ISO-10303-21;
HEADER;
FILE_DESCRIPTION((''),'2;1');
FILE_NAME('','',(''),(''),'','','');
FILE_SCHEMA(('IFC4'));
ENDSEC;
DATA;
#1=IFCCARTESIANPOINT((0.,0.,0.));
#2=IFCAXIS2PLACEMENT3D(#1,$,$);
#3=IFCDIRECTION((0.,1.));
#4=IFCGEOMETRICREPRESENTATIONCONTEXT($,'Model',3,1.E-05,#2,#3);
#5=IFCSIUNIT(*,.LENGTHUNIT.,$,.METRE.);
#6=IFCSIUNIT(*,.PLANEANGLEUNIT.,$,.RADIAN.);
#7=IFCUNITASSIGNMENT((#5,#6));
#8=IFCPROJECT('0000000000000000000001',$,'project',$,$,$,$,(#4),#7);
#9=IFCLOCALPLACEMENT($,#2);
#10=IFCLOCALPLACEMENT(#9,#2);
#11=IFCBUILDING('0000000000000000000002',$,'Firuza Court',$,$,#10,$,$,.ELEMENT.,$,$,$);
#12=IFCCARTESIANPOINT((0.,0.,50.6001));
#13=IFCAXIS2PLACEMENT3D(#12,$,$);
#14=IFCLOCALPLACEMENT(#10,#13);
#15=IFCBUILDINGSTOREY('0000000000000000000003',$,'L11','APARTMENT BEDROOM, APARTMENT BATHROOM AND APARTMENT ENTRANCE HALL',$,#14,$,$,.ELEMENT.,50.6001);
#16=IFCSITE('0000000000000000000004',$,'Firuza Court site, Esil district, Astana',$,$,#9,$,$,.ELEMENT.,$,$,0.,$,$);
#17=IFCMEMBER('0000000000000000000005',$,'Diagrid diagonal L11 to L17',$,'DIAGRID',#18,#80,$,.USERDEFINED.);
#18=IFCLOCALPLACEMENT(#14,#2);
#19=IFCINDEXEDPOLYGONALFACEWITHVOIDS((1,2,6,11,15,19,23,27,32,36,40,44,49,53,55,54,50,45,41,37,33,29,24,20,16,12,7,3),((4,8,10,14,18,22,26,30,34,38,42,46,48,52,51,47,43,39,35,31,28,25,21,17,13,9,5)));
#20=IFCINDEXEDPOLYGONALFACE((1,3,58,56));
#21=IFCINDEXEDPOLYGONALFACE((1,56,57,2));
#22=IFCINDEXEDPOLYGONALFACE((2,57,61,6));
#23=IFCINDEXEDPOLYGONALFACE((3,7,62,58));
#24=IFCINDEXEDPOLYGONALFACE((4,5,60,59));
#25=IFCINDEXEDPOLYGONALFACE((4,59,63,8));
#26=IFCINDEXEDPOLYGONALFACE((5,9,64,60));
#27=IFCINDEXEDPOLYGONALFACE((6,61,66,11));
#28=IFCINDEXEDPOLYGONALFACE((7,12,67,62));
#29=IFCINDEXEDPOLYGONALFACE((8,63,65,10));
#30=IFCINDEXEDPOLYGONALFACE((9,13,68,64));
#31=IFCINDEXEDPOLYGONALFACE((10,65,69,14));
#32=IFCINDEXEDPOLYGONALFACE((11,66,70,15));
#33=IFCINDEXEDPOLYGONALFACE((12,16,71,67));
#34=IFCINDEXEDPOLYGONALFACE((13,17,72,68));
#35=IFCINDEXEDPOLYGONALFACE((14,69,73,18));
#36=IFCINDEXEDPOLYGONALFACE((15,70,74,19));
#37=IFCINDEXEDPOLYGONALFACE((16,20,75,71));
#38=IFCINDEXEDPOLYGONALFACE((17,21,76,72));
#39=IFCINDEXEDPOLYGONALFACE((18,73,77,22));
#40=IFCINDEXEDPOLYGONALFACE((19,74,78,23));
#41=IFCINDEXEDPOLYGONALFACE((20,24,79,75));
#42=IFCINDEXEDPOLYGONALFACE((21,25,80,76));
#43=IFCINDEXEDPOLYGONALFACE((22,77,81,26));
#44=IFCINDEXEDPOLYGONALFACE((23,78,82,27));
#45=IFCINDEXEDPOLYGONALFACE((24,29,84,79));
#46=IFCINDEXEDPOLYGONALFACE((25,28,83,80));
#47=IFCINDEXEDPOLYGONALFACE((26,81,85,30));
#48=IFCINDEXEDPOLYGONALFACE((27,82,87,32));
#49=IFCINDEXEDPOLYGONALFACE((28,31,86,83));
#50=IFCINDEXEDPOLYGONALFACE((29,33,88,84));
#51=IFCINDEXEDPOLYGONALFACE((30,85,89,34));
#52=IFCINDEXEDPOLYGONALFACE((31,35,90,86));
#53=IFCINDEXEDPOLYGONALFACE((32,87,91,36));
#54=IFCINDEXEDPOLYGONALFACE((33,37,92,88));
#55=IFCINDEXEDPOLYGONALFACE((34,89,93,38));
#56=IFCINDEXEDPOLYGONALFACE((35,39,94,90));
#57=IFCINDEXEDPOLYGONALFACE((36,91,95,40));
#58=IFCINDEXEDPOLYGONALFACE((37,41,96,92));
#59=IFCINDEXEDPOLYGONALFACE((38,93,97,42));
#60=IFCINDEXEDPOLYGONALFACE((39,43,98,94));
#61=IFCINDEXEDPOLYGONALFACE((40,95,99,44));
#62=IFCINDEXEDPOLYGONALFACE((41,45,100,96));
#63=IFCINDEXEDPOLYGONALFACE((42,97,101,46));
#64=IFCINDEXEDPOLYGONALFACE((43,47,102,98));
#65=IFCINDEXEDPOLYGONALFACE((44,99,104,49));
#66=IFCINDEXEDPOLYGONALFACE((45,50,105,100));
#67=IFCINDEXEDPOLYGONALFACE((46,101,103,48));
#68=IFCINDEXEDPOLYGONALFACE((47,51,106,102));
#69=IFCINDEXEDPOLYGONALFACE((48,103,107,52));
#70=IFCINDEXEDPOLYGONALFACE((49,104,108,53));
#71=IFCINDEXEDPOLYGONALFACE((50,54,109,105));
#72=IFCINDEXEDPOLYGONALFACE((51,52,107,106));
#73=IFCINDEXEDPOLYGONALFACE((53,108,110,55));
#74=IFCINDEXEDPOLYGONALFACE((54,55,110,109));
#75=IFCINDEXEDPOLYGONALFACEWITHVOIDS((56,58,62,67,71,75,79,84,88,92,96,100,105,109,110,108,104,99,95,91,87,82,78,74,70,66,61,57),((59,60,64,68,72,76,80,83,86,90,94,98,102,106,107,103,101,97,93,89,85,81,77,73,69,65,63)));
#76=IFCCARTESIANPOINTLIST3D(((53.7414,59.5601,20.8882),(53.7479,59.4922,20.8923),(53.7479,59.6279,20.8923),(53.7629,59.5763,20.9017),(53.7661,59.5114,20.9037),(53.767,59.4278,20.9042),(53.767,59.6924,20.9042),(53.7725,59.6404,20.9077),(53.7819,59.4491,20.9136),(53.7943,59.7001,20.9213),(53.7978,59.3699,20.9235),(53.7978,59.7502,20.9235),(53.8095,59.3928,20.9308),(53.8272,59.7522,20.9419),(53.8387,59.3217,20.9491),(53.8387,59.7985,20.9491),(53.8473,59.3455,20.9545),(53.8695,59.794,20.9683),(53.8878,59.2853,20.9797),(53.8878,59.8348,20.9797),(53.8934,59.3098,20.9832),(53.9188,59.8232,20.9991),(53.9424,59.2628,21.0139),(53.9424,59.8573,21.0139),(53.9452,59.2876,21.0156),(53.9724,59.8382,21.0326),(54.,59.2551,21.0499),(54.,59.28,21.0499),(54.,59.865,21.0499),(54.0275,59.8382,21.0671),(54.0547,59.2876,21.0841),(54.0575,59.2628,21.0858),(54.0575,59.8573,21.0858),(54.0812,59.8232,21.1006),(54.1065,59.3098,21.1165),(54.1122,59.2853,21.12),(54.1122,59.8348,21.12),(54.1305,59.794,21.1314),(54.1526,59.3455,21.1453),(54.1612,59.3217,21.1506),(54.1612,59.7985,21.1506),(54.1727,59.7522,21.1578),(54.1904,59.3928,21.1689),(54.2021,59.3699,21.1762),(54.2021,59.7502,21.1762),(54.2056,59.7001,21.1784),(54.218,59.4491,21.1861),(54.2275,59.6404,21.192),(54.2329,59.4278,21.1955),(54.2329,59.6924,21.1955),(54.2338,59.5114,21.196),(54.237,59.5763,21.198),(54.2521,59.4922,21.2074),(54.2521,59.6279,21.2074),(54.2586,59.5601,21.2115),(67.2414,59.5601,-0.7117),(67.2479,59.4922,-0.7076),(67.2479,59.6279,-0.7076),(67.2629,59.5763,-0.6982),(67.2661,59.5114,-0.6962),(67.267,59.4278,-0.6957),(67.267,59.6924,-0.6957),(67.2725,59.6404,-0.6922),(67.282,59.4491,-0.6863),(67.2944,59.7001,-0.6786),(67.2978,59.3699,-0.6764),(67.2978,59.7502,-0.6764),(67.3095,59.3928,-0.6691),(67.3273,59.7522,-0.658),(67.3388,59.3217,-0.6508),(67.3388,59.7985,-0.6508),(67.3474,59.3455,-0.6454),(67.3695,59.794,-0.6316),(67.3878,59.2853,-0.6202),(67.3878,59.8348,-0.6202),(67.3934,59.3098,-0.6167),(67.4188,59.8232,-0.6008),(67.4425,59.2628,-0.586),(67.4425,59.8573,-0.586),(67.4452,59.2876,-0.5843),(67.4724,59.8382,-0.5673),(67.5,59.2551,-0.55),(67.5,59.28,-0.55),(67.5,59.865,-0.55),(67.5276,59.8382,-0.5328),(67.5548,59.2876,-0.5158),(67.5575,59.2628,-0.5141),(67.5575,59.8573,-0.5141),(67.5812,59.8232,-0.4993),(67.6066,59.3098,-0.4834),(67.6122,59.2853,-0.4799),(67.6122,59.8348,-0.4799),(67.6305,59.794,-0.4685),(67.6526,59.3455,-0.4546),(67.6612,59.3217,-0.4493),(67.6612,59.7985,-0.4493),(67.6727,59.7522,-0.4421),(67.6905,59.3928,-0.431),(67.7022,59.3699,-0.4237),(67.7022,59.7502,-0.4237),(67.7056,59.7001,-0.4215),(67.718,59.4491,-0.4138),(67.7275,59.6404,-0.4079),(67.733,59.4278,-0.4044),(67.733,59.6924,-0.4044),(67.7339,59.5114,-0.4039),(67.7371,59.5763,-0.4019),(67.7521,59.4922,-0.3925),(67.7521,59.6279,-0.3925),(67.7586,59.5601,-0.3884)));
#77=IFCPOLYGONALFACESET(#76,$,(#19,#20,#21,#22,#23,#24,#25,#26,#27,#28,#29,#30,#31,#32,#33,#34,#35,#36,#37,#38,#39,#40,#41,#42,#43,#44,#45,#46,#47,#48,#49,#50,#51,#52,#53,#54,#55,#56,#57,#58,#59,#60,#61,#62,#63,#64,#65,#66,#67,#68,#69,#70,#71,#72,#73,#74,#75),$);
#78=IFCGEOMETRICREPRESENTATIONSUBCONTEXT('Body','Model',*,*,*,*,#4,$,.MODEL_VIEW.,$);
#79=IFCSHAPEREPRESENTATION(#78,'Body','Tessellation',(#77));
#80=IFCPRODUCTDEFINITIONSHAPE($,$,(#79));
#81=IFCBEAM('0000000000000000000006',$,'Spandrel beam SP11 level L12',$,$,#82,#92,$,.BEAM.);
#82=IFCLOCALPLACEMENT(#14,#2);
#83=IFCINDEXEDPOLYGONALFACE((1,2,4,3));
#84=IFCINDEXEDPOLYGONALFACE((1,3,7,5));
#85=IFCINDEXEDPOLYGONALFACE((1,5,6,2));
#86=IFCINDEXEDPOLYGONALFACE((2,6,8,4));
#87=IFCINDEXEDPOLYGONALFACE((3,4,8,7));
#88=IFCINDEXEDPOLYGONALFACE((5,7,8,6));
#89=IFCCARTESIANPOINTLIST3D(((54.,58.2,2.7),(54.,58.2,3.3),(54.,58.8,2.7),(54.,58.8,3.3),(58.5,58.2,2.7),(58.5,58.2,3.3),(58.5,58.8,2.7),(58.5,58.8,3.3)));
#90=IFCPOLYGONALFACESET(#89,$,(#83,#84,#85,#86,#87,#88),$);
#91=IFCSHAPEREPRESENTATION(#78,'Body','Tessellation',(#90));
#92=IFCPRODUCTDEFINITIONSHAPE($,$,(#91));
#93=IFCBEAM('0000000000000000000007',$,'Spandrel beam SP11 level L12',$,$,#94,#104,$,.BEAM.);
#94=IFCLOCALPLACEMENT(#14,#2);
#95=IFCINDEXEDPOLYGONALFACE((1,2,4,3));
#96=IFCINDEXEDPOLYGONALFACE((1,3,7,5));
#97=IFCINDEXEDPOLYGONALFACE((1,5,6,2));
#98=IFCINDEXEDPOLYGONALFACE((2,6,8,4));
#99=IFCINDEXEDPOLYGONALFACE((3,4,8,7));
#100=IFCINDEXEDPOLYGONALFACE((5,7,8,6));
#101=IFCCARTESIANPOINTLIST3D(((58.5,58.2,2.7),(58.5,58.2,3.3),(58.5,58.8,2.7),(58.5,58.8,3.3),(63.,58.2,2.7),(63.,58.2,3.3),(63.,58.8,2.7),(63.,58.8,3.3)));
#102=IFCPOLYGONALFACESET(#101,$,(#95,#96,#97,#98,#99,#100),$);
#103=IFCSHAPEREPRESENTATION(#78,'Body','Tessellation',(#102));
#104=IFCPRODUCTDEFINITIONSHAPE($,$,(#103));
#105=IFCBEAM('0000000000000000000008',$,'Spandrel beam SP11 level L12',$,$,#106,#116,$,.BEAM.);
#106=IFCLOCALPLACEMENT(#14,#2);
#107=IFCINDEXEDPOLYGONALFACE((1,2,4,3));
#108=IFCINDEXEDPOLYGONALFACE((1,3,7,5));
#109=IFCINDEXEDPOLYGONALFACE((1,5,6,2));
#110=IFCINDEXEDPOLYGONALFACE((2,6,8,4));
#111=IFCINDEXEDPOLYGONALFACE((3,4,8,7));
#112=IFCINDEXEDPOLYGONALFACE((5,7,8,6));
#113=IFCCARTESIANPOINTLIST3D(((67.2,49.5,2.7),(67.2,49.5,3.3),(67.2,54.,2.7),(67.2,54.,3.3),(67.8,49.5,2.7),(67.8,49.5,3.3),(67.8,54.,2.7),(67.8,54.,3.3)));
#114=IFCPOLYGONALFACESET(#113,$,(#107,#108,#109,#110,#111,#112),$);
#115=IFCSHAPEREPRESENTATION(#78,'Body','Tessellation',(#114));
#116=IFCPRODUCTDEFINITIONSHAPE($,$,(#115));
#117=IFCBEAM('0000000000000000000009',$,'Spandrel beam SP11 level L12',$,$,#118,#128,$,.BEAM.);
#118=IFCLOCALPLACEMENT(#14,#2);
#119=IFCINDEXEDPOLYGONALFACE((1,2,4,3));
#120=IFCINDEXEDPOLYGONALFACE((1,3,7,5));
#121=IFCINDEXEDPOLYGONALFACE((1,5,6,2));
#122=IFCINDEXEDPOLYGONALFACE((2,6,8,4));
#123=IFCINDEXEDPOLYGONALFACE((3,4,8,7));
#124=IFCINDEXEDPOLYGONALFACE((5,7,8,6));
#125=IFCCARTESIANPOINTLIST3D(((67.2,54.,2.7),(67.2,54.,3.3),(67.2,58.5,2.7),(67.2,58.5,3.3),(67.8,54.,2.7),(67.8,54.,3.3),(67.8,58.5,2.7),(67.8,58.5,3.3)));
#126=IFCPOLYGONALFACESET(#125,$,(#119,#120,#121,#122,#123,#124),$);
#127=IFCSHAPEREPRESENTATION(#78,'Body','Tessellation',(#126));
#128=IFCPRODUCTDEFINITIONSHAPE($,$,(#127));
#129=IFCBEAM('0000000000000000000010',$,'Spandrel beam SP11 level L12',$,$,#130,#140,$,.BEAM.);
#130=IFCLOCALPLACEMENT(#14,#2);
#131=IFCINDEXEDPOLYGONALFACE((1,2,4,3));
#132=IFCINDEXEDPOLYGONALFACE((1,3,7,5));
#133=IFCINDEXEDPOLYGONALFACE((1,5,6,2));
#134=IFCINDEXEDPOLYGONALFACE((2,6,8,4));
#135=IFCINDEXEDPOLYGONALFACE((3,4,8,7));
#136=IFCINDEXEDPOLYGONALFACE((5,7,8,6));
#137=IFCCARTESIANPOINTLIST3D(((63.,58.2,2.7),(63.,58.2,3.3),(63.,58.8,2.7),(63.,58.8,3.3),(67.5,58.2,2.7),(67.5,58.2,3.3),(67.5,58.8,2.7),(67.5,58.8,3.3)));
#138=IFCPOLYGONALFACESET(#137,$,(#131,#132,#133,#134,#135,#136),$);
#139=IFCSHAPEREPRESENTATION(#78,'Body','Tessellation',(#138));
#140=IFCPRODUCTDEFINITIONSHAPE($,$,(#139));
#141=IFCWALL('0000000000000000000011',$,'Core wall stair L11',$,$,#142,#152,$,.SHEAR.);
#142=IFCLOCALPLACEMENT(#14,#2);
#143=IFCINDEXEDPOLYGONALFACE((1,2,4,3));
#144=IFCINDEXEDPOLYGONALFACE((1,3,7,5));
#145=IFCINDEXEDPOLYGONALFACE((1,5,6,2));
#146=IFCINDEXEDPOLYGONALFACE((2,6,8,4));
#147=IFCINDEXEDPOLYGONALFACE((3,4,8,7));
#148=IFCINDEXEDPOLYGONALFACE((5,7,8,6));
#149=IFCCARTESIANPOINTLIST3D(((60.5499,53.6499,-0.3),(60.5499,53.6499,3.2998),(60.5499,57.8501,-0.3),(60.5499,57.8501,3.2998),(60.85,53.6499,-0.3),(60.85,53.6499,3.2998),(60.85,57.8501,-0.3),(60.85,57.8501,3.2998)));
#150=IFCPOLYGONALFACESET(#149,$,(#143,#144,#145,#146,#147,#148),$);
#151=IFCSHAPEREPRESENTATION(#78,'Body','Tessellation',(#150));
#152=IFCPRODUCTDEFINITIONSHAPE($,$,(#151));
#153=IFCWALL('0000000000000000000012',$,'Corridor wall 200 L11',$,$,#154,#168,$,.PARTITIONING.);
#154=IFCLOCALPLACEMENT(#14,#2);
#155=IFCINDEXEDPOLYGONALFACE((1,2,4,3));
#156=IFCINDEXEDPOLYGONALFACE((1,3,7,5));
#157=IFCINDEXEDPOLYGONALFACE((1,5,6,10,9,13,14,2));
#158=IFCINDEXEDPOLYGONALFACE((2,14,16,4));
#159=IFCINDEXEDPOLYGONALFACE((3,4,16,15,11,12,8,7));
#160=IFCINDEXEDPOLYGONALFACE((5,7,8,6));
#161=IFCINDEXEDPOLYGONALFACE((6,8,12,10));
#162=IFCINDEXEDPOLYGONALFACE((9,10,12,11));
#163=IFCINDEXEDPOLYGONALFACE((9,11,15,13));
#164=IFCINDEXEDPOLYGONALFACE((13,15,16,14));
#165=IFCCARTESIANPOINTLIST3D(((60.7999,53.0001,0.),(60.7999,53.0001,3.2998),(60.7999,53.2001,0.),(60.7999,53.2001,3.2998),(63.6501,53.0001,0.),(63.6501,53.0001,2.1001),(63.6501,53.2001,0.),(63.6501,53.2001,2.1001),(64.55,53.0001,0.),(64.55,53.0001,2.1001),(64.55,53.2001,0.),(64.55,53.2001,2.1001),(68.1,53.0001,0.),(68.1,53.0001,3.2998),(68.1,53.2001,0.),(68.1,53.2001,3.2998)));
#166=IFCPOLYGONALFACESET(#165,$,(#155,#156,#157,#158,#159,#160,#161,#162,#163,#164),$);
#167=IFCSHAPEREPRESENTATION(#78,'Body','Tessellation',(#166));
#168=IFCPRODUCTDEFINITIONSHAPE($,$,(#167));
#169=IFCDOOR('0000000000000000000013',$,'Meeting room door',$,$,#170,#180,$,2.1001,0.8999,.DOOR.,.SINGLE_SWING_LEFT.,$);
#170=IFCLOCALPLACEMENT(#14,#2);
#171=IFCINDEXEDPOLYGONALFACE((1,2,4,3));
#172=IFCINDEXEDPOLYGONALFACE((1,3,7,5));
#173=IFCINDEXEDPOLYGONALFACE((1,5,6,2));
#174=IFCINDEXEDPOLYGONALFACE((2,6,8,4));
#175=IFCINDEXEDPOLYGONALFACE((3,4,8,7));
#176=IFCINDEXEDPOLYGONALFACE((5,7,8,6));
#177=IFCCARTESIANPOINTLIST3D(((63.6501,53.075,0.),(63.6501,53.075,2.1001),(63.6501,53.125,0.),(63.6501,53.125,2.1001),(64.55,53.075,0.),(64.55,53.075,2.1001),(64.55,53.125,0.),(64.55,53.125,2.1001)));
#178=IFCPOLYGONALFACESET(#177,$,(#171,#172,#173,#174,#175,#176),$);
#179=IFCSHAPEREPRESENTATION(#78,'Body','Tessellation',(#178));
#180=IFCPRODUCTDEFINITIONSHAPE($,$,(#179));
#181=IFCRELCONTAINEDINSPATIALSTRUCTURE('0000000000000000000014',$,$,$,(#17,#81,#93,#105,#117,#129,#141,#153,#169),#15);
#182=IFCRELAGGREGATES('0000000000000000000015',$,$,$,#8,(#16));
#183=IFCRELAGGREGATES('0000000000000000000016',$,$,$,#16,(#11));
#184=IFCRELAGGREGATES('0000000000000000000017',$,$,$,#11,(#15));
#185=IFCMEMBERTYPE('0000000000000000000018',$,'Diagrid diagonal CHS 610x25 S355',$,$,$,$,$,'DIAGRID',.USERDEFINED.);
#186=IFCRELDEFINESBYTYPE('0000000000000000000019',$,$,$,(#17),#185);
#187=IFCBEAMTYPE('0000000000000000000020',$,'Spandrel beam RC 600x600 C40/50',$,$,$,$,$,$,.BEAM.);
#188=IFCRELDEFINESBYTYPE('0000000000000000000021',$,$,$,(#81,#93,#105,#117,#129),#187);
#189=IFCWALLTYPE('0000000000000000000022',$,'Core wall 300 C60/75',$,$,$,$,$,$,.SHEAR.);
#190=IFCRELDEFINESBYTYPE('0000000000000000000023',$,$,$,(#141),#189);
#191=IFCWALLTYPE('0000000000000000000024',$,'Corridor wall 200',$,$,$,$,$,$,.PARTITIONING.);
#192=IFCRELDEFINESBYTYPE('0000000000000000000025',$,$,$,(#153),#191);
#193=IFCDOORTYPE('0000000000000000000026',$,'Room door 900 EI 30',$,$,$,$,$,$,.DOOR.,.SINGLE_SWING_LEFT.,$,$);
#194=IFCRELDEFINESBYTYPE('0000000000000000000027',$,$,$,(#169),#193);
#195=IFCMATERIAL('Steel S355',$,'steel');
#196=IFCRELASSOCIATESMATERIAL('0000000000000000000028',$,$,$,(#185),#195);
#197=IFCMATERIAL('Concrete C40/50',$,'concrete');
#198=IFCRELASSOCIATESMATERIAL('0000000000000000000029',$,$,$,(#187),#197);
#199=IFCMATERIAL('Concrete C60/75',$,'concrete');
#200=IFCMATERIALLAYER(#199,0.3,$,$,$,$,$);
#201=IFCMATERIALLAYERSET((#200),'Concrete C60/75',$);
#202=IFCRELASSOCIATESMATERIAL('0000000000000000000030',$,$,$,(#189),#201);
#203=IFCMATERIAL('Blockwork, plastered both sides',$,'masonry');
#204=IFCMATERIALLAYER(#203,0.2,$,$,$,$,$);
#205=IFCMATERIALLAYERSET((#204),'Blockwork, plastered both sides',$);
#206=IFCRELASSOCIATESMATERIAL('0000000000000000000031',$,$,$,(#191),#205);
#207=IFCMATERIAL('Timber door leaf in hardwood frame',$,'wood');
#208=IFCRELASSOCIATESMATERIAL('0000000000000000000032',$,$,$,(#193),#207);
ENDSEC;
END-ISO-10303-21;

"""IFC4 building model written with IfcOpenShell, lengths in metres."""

from ifc_helpers import new_model, si_unit, direction, frame, frame_2d, origin, origin_2d, place, context, subcontext, project, spatial, rectangle, hollow_circle, extrude, material, layer, layer_set, material_profile, profile_set, type_object, element, fill, save


model = new_model("IFC4")

# Units and contexts
model_context = context("Model", 3, precision=1e-05, world=origin(), true_north=direction((0.0, 1.0)))
body_context = subcontext(model_context, "Body", "Model", "MODEL_VIEW")
ifc_project = project(units=[si_unit("LENGTHUNIT", "METRE"), si_unit("PLANEANGLEUNIT", "RADIAN")], contexts=[model_context])

# Site, building, storey
site_placement = place(None, origin())
site = spatial("IfcSite", under=ifc_project, at=site_placement, Name="Firuza Court site, Esil district, Astana", CompositionType="ELEMENT", RefElevation=0.0)
building_placement = place(site_placement, origin())
building = spatial("IfcBuilding", under=site, at=building_placement, Name="Firuza Court", CompositionType="ELEMENT")
storey_placement = place(building_placement, frame((0.0, 0.0, 50.6001)))
storey = spatial("IfcBuildingStorey", under=building, at=storey_placement, Name="L11", Description="APARTMENT BEDROOM, APARTMENT BATHROOM AND APARTMENT ENTRANCE HALL", CompositionType="ELEMENT", Elevation=50.6001)

# Member
ifc_material_1 = material(Name="Steel S355", Category="steel")
ifc_material_profile_1 = material_profile(ifc_material_1, hollow_circle(Radius=0.3049, WallThickness=0.0249, at=origin_2d()), Name="CHS 610x25")
ifc_profile_set_1 = profile_set([ifc_material_profile_1], Name="Steel S355")
member_type = type_object("IfcMemberType", Name="Diagrid diagonal CHS 610x25 S355", ElementType="DIAGRID", PredefinedType="USERDEFINED", material=ifc_profile_set_1)
member_1_placement = place(storey_placement, frame((67.5, 59.5601, -0.55), z_axis=(-0.530002, 0.0, 0.847997), x_axis=(0.0, -1.0, 0.0)))
element("IfcMember", 1, at=member_1_placement, inside=storey, type_object=member_type, Name="Diagrid diagonal L11 to L17", ObjectType="DIAGRID", PredefinedType="USERDEFINED", context=body_context, shape_type="SweptSolid", body=[
    extrude(hollow_circle(Radius=0.3049, WallThickness=0.0249, at=origin_2d()), origin(), (0.0, 0.0, 1.0), 25.4717),
])

# Beams
ifc_material_2 = material(Name="Concrete C40/50", Category="concrete")
ifc_material_profile_2 = material_profile(ifc_material_2, rectangle(XDim=0.6001, YDim=0.6001, at=origin_2d()), Name="RC 600x600")
ifc_profile_set_2 = profile_set([ifc_material_profile_2], Name="Concrete C40/50")
beam_type_1 = type_object("IfcBeamType", Name="Spandrel beam RC 600x600 C40/50", PredefinedType="BEAM", material=ifc_profile_set_2)
for number, where, z_axis, x_axis, name in (
    (2, (58.5, 58.5, 3.0), (-1.0, 0.0, 0.0), (0.0, -1.0, 0.0), "Spandrel beam SP11 level L12"),
    (3, (63.0, 58.5, 3.0), (-1.0, 0.0, 0.0), (0.0, -1.0, 0.0), "Spandrel beam SP11 level L12"),
    (4, (67.5, 49.5, 3.0), (0.0, 1.0, 0.0), (-1.0, 0.0, 0.0), "Spandrel beam SP11 level L12"),
    (5, (67.5, 54.0, 3.0), (0.0, 1.0, 0.0), (-1.0, 0.0, 0.0), "Spandrel beam SP11 level L12"),
    (6, (67.5, 58.5, 3.0), (-1.0, 0.0, 0.0), (0.0, -1.0, 0.0), "Spandrel beam SP11 level L12"),
):
    element("IfcBeam", number, at=place(storey_placement, frame(where, z_axis=z_axis, x_axis=x_axis)), inside=storey, type_object=beam_type_1, Name=name, PredefinedType="BEAM", context=body_context, shape_type="SweptSolid", body=[
        extrude(rectangle(XDim=0.6001, YDim=0.6001, at=origin_2d()), origin(), (0.0, 0.0, 1.0), 4.5),
    ])

# Wall
ifc_material_3 = material(Name="Concrete C60/75", Category="concrete")
ifc_layer_1 = layer(ifc_material_3, 0.3)
ifc_layer_set_1 = layer_set([ifc_layer_1], Name="Concrete C60/75")
wall_type_1 = type_object("IfcWallType", Name="Core wall 300 C60/75", PredefinedType="SHEAR", material=ifc_layer_set_1)
wall_1_placement = place(storey_placement, frame((60.7, 53.6499, -0.3), z_axis=(0.0, 0.0, 1.0), x_axis=(0.0, 1.0, 0.0)))
element("IfcWall", 7, at=wall_1_placement, inside=storey, type_object=wall_type_1, Name="Core wall stair L11", PredefinedType="SHEAR", context=body_context, shape_type="SweptSolid", body=[
    extrude(rectangle(XDim=4.2002, YDim=0.3, at=frame_2d((2.1001, 0.0))), origin(), (0.0, 0.0, 1.0), 3.5999),
])

# Wall, opening, door
ifc_material_4 = material(Name="Blockwork, plastered both sides", Category="masonry")
ifc_layer_2 = layer(ifc_material_4, 0.2)
ifc_layer_set_2 = layer_set([ifc_layer_2], Name="Blockwork, plastered both sides")
wall_type_2 = type_object("IfcWallType", Name="Corridor wall 200", PredefinedType="PARTITIONING", material=ifc_layer_set_2)
wall_2_placement = place(storey_placement, frame((60.8, 53.1001, 0.0), z_axis=(0.0, 0.0, 1.0), x_axis=(1.0, 0.0, 0.0)))
wall_2 = element("IfcWall", 8, at=wall_2_placement, inside=storey, type_object=wall_type_2, Name="Corridor wall 200 L11", PredefinedType="PARTITIONING", context=body_context, shape_type="SweptSolid", body=[
    extrude(rectangle(XDim=7.3, YDim=0.2, at=frame_2d((3.6499, 0.0))), origin(), (0.0, 0.0, 1.0), 3.2998),
])
opening_1_placement = place(wall_2_placement, frame((2.8501, 0.0, 0.0)))
opening_1 = element("IfcOpeningElement", 9, at=opening_1_placement, cuts=wall_2, PredefinedType="OPENING", context=body_context, shape_type="SweptSolid", body=[
    extrude(rectangle(XDim=0.8999, YDim=2.1001, at=frame_2d((0.45, 1.05))), frame((0.0, 0.1118, 0.0), z_axis=(0.0, -1.0, 0.0), x_axis=(1.0, 0.0, 0.0)), (0.0, 0.0, 1.0), 0.2239),
])
ifc_material_5 = material(Name="Timber door leaf in hardwood frame", Category="wood")
door_type = type_object("IfcDoorType", Name="Room door 900 EI 30", OperationType="SINGLE_SWING_LEFT", PredefinedType="DOOR", material=ifc_material_5)
door_placement = place(opening_1_placement, origin())
door = element("IfcDoor", 10, at=door_placement, inside=storey, type_object=door_type, Name="Meeting room door", OperationType="SINGLE_SWING_LEFT", OverallHeight=2.1001, OverallWidth=0.8999, PredefinedType="DOOR", context=body_context, shape_type="SweptSolid", body=[
    extrude(rectangle(XDim=0.8999, YDim=2.1001, at=frame_2d((0.45, 1.05))), frame((0.0, 0.0249, 0.0), z_axis=(0.0, -1.0, 0.0), x_axis=(1.0, 0.0, 0.0)), (0.0, 0.0, 1.0), 0.05),
])
fill(opening_1, door)

save(model, "model.ifc")
